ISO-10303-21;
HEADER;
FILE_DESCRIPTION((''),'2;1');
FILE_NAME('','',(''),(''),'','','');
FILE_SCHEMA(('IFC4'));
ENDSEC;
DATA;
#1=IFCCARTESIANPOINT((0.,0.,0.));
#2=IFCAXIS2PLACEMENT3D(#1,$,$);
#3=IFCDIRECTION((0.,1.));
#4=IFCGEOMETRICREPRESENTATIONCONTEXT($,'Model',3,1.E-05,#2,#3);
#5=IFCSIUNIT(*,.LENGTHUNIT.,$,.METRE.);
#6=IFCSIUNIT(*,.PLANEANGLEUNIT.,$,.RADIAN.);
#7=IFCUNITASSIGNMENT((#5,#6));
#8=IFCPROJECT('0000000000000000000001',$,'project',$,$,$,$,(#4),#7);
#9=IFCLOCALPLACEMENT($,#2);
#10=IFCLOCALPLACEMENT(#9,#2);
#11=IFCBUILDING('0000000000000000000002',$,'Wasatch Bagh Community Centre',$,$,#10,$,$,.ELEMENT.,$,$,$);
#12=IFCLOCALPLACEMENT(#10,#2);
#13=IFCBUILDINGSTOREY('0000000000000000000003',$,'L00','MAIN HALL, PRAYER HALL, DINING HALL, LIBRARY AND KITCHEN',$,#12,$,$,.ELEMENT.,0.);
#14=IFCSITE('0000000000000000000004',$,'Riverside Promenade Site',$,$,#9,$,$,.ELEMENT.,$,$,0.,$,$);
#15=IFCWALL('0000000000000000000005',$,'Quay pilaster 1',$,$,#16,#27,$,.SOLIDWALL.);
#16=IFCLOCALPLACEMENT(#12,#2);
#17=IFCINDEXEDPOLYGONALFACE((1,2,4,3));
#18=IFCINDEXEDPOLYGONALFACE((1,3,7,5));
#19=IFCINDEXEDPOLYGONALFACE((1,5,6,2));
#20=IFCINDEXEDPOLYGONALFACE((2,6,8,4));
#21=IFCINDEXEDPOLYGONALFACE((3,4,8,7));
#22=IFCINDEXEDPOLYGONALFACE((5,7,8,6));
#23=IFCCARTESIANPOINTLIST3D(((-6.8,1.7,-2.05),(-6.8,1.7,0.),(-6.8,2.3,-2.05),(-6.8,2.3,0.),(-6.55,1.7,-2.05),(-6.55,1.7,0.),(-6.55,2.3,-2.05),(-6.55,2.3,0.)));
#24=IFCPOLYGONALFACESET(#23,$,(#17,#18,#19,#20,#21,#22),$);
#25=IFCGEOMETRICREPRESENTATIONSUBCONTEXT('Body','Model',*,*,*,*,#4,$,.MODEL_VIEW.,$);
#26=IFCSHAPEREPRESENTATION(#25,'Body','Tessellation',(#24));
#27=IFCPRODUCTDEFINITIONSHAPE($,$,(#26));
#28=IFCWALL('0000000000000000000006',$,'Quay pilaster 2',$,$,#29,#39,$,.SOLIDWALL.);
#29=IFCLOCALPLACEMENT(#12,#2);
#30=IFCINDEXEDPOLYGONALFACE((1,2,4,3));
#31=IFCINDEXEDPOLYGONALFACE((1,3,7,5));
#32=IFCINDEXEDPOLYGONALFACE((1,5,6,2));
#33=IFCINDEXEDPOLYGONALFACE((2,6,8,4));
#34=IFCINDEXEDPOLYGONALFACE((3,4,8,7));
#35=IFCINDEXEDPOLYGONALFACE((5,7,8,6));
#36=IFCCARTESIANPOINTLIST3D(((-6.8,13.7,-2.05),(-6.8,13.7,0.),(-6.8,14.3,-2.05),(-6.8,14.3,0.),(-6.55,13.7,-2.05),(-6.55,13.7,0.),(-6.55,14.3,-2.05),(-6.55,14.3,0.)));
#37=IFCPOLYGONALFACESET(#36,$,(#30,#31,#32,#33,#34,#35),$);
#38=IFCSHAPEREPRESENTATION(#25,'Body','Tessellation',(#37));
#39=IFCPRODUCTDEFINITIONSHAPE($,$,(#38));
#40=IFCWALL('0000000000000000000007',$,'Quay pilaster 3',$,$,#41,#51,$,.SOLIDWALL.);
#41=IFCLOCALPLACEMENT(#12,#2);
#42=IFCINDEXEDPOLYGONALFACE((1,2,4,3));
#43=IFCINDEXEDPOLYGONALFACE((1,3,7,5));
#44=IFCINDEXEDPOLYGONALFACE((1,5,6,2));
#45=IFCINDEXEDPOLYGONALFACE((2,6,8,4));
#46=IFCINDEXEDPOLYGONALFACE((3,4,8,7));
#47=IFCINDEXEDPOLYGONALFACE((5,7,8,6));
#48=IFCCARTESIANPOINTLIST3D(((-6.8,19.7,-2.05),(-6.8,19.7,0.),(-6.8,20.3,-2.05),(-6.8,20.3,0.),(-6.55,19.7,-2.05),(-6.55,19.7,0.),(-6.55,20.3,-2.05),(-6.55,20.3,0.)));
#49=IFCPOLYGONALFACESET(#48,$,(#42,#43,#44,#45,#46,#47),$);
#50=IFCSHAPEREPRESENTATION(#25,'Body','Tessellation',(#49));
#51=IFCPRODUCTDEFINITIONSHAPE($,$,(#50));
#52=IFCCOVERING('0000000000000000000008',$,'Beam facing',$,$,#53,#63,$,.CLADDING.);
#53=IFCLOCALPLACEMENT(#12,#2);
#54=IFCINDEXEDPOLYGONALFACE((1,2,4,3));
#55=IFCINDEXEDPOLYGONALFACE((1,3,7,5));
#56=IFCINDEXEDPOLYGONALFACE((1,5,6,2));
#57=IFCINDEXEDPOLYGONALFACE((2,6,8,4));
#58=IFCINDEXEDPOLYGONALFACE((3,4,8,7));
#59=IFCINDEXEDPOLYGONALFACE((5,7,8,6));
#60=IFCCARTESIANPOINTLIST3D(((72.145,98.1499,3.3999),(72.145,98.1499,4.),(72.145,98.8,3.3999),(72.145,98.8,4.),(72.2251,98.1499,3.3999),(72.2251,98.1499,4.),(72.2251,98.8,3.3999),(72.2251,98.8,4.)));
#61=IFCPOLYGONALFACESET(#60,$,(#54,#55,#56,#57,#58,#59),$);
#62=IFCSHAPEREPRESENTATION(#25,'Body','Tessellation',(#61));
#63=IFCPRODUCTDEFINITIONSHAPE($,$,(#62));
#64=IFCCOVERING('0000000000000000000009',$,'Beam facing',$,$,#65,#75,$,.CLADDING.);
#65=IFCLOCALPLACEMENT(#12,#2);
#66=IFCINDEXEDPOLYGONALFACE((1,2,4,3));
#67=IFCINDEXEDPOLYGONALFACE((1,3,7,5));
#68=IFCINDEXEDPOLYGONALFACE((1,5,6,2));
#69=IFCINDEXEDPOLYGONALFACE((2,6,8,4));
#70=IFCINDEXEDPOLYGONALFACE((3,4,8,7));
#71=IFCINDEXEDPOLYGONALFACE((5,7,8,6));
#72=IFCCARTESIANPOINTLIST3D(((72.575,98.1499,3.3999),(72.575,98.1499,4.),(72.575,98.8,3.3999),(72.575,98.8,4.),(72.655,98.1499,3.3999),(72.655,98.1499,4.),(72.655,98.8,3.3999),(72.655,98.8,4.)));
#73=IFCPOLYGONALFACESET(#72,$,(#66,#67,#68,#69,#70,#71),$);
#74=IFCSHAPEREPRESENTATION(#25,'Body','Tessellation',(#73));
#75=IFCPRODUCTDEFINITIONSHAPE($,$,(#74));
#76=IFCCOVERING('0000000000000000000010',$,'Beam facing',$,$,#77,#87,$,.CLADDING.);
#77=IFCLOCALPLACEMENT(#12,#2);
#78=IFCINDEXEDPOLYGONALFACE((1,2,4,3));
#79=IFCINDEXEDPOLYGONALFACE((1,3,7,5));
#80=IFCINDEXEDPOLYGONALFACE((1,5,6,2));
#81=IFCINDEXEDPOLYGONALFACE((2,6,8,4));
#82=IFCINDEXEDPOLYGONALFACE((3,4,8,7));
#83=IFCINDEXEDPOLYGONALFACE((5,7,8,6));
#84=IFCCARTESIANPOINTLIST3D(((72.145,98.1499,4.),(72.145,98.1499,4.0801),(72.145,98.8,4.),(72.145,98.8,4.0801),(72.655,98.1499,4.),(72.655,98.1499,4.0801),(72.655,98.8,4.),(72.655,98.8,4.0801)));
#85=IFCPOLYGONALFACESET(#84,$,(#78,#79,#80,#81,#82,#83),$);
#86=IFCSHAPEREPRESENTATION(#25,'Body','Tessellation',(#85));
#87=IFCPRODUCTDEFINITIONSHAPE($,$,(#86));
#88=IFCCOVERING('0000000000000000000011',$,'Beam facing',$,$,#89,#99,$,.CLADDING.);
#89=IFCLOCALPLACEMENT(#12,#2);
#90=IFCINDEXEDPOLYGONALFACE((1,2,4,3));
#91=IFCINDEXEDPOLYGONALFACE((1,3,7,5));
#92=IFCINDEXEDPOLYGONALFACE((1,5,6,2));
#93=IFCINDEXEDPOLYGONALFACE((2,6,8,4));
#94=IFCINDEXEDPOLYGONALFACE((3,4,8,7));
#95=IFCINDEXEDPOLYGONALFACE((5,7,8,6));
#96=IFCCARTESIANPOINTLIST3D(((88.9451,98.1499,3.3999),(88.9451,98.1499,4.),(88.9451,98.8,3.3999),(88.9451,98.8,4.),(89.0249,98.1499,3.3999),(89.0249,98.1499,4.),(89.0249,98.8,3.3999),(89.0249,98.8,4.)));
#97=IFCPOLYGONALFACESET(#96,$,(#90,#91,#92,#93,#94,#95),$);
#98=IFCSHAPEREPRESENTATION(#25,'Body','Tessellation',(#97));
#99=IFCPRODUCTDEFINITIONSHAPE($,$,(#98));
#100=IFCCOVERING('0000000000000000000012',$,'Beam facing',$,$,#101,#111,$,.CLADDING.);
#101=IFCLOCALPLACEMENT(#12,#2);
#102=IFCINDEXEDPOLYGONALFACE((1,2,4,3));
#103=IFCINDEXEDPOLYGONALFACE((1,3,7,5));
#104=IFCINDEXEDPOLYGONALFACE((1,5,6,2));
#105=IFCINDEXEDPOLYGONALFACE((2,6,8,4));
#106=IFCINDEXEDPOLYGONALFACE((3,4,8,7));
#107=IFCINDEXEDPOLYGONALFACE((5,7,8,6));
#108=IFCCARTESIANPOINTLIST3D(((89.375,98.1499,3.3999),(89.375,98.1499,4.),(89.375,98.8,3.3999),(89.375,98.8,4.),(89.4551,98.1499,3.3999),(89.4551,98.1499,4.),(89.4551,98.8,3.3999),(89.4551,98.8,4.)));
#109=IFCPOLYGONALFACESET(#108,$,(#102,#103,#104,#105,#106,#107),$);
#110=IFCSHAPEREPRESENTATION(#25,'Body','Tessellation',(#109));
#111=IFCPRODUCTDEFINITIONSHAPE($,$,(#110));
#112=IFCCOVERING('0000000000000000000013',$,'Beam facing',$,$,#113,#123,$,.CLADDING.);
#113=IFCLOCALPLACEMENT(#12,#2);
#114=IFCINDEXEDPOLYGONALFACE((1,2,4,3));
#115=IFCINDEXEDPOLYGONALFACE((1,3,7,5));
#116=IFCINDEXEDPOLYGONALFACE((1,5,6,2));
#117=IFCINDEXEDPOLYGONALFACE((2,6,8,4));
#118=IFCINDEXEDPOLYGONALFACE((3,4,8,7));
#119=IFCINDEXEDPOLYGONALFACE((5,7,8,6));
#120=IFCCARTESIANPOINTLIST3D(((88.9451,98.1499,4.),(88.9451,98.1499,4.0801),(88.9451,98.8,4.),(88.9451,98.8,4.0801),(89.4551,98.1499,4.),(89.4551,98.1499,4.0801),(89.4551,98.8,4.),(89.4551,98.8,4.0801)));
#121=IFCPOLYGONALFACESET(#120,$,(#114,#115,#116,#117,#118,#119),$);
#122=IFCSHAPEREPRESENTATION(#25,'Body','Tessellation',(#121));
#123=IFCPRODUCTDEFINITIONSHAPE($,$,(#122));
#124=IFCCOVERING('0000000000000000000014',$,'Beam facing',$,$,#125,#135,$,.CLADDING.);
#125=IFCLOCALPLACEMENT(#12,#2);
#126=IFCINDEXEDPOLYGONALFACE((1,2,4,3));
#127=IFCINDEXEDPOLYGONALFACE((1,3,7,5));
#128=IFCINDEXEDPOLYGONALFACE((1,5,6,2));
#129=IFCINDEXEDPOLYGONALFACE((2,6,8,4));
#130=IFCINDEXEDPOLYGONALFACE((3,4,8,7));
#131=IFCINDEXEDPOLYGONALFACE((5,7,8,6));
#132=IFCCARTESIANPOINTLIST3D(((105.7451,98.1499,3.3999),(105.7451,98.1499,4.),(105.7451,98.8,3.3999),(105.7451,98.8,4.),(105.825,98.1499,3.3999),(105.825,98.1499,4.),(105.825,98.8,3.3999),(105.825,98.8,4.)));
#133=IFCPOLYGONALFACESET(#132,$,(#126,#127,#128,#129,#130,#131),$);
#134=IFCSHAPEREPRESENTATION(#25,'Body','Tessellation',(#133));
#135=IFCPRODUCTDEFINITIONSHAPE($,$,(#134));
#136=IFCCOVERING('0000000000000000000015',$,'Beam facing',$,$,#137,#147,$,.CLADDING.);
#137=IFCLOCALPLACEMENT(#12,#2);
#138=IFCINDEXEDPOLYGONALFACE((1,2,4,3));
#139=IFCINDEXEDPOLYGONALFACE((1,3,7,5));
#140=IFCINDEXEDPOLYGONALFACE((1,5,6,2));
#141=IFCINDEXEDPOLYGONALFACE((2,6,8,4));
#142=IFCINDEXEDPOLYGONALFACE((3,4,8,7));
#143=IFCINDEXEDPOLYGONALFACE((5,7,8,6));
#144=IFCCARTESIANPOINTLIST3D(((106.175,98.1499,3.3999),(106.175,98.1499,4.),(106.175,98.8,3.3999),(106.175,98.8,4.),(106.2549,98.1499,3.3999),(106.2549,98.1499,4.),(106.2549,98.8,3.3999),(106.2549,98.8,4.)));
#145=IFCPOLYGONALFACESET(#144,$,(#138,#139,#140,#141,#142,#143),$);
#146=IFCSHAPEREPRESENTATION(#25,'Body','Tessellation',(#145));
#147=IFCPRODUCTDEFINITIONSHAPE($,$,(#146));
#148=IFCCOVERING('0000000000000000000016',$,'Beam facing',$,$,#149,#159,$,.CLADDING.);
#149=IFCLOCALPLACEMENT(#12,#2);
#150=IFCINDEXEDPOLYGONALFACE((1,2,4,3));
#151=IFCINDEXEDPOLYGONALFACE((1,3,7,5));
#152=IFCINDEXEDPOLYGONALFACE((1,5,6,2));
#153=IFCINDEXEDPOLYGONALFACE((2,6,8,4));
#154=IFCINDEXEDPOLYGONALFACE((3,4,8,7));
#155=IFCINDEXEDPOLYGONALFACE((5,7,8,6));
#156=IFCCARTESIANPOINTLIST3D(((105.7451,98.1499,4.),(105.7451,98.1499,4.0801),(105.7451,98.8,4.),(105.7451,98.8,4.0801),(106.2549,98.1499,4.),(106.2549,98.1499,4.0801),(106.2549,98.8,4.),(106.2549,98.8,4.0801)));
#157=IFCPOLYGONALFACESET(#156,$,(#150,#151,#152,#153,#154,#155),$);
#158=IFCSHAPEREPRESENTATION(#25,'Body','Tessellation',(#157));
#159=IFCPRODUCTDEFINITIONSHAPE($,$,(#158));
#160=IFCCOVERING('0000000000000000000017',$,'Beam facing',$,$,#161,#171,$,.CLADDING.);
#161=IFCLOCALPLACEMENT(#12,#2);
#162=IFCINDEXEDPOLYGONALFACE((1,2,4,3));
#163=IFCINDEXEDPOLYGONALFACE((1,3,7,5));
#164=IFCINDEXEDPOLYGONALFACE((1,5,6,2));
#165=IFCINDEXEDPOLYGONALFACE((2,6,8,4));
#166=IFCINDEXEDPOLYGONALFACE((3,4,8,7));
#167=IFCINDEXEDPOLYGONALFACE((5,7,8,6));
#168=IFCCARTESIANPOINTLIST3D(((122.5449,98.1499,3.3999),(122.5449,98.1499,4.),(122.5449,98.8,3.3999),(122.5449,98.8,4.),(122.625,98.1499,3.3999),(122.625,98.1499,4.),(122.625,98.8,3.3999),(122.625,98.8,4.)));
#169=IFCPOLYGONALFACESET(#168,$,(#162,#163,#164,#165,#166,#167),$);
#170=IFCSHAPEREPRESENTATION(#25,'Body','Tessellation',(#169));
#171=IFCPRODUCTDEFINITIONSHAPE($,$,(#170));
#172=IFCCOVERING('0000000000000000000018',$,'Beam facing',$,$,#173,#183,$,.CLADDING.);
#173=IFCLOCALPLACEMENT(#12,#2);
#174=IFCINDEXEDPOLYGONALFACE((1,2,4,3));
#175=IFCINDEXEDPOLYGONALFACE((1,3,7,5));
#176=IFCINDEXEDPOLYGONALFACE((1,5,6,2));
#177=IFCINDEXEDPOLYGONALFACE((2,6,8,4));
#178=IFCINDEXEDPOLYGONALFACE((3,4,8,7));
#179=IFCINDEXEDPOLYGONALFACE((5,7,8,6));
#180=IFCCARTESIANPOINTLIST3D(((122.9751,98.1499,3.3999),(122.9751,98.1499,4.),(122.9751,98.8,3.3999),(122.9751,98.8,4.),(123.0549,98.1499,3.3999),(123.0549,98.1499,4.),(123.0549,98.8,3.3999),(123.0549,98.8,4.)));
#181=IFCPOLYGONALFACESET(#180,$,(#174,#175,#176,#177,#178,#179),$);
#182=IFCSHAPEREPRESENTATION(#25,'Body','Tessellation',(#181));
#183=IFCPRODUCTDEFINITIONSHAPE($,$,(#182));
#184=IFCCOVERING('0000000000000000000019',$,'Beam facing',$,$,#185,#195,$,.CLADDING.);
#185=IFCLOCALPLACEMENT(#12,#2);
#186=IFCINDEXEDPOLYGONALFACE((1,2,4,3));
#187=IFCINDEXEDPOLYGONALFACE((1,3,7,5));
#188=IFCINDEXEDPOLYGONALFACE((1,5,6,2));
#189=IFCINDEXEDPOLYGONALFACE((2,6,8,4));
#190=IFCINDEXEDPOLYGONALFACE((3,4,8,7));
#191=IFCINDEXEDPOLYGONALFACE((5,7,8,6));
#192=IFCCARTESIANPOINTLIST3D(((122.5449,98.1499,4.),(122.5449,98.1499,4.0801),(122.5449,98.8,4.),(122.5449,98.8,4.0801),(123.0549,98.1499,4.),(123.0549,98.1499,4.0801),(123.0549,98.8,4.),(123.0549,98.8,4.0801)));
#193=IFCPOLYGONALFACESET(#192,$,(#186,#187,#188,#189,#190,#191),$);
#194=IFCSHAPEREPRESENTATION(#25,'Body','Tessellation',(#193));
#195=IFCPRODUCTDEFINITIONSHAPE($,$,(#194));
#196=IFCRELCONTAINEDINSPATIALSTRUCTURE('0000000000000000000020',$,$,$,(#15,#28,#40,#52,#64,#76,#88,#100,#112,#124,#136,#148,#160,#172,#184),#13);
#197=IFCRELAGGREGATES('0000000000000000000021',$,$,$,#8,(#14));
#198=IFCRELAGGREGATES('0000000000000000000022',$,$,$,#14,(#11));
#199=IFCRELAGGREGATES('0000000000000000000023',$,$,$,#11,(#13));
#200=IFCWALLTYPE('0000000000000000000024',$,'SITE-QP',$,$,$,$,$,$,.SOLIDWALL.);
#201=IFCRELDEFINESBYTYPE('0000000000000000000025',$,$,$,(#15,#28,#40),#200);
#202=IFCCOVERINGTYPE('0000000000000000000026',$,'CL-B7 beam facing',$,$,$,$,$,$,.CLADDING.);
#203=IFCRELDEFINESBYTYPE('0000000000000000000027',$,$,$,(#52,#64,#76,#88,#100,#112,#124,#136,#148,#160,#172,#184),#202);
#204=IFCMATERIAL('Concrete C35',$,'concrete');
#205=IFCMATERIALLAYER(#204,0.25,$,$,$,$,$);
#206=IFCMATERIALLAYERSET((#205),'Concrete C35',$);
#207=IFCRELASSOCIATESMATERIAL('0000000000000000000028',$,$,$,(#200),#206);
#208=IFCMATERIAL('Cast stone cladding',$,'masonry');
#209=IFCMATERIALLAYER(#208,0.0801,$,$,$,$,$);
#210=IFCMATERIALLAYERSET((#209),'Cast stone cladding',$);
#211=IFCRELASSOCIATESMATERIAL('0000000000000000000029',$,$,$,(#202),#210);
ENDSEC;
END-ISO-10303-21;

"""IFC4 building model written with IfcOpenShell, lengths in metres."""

from ifc_helpers import new_model, si_unit, direction, frame, frame_2d, origin, place, context, subcontext, project, spatial, polyline, rectangle, outline, extrude, material, layer, layer_set, type_object, element, save


model = new_model("IFC4")

# Units and contexts
model_context = context("Model", 3, precision=1e-05, world=origin(), true_north=direction((0.0, 1.0)))
body_context = subcontext(model_context, "Body", "Model", "MODEL_VIEW")
ifc_project = project(units=[si_unit("LENGTHUNIT", "METRE"), si_unit("PLANEANGLEUNIT", "RADIAN")], contexts=[model_context])

# Site, building, storey
site_placement = place(None, origin())
site = spatial("IfcSite", under=ifc_project, at=site_placement, Name="Riverside Promenade Site", CompositionType="ELEMENT", RefElevation=0.0)
building_placement = place(site_placement, origin())
building = spatial("IfcBuilding", under=site, at=building_placement, Name="Wasatch Bagh Community Centre", CompositionType="ELEMENT")
storey_placement = place(building_placement, origin())
storey = spatial("IfcBuildingStorey", under=building, at=storey_placement, Name="L00", Description="MAIN HALL, PRAYER HALL, DINING HALL, LIBRARY AND KITCHEN", CompositionType="ELEMENT", Elevation=0.0)

# Walls
ifc_material_1 = material(Name="Concrete C35", Category="concrete")
ifc_layer_1 = layer(ifc_material_1, 0.25)
ifc_layer_set_1 = layer_set([ifc_layer_1], Name="Concrete C35")
wall_type = type_object("IfcWallType", Name="SITE-QP", PredefinedType="SOLIDWALL", material=ifc_layer_set_1)
for number, where, z_axis, x_axis, name in (
    (1, (-6.675, 1.7, -2.05), (0.0, 0.0, 1.0), (0.0, 1.0, 0.0), "Quay pilaster 1"),
    (2, (-6.675, 13.7, -2.05), (0.0, 0.0, 1.0), (0.0, 1.0, 0.0), "Quay pilaster 2"),
    (3, (-6.675, 19.7, -2.05), (0.0, 0.0, 1.0), (0.0, 1.0, 0.0), "Quay pilaster 3"),
):
    element("IfcWall", number, at=place(storey_placement, frame(where, z_axis=z_axis, x_axis=x_axis)), inside=storey, type_object=wall_type, Name=name, PredefinedType="SOLIDWALL", context=body_context, shape_type="SweptSolid", body=[
        extrude(rectangle(XDim=0.6001, YDim=0.25, at=frame_2d((0.3, 0.0))), origin(), (0.0, 0.0, 1.0), 2.05),
    ])

# Coverings
ifc_material_2 = material(Name="Cast stone cladding", Category="masonry")
ifc_layer_2 = layer(ifc_material_2, 0.0801)
ifc_layer_set_2 = layer_set([ifc_layer_2], Name="Cast stone cladding")
covering_type_1 = type_object("IfcCoveringType", Name="CL-B7 beam facing", PredefinedType="CLADDING", material=ifc_layer_set_2)
covering_1_placement = place(storey_placement, frame((0.0, 0.0, 3.3999)))
element("IfcCovering", 4, at=covering_1_placement, inside=storey, type_object=covering_type_1, Name="Beam facing", PredefinedType="CLADDING", context=body_context, shape_type="SweptSolid", body=[
    extrude(outline(polyline([(72.2251, 98.1499), (72.2251, 98.8), (72.145, 98.8), (72.145, 98.1499), (72.2251, 98.1499)])), origin(), (0.0, 0.0, 1.0), 0.6001),
])
covering_2_placement = place(storey_placement, frame((0.0, 0.0, 3.3999)))
element("IfcCovering", 5, at=covering_2_placement, inside=storey, type_object=covering_type_1, Name="Beam facing", PredefinedType="CLADDING", context=body_context, shape_type="SweptSolid", body=[
    extrude(outline(polyline([(72.575, 98.1499), (72.575, 98.8), (72.655, 98.8), (72.655, 98.1499), (72.575, 98.1499)])), origin(), (0.0, 0.0, 1.0), 0.6001),
])
covering_3_placement = place(storey_placement, frame((0.0, 0.0, 4.0)))
element("IfcCovering", 6, at=covering_3_placement, inside=storey, type_object=covering_type_1, Name="Beam facing", PredefinedType="CLADDING", context=body_context, shape_type="SweptSolid", body=[
    extrude(outline(polyline([(72.655, 98.1499), (72.655, 98.8), (72.145, 98.8), (72.145, 98.1499), (72.655, 98.1499)])), origin(), (0.0, 0.0, 1.0), 0.0801),
])
covering_4_placement = place(storey_placement, frame((0.0, 0.0, 3.3999)))
element("IfcCovering", 7, at=covering_4_placement, inside=storey, type_object=covering_type_1, Name="Beam facing", PredefinedType="CLADDING", context=body_context, shape_type="SweptSolid", body=[
    extrude(outline(polyline([(89.0249, 98.1499), (89.0249, 98.8), (88.9451, 98.8), (88.9451, 98.1499), (89.0249, 98.1499)])), origin(), (0.0, 0.0, 1.0), 0.6001),
])
covering_5_placement = place(storey_placement, frame((0.0, 0.0, 3.3999)))
element("IfcCovering", 8, at=covering_5_placement, inside=storey, type_object=covering_type_1, Name="Beam facing", PredefinedType="CLADDING", context=body_context, shape_type="SweptSolid", body=[
    extrude(outline(polyline([(89.375, 98.1499), (89.375, 98.8), (89.4551, 98.8), (89.4551, 98.1499), (89.375, 98.1499)])), origin(), (0.0, 0.0, 1.0), 0.6001),
])
covering_6_placement = place(storey_placement, frame((0.0, 0.0, 4.0)))
element("IfcCovering", 9, at=covering_6_placement, inside=storey, type_object=covering_type_1, Name="Beam facing", PredefinedType="CLADDING", context=body_context, shape_type="SweptSolid", body=[
    extrude(outline(polyline([(89.4551, 98.1499), (89.4551, 98.8), (88.9451, 98.8), (88.9451, 98.1499), (89.4551, 98.1499)])), origin(), (0.0, 0.0, 1.0), 0.0801),
])
covering_7_placement = place(storey_placement, frame((0.0, 0.0, 3.3999)))
element("IfcCovering", 10, at=covering_7_placement, inside=storey, type_object=covering_type_1, Name="Beam facing", PredefinedType="CLADDING", context=body_context, shape_type="SweptSolid", body=[
    extrude(outline(polyline([(105.825, 98.1499), (105.825, 98.8), (105.7451, 98.8), (105.7451, 98.1499), (105.825, 98.1499)])), origin(), (0.0, 0.0, 1.0), 0.6001),
])
covering_8_placement = place(storey_placement, frame((0.0, 0.0, 3.3999)))
element("IfcCovering", 11, at=covering_8_placement, inside=storey, type_object=covering_type_1, Name="Beam facing", PredefinedType="CLADDING", context=body_context, shape_type="SweptSolid", body=[
    extrude(outline(polyline([(106.175, 98.1499), (106.175, 98.8), (106.2549, 98.8), (106.2549, 98.1499), (106.175, 98.1499)])), origin(), (0.0, 0.0, 1.0), 0.6001),
])
covering_9_placement = place(storey_placement, frame((0.0, 0.0, 4.0)))
element("IfcCovering", 12, at=covering_9_placement, inside=storey, type_object=covering_type_1, Name="Beam facing", PredefinedType="CLADDING", context=body_context, shape_type="SweptSolid", body=[
    extrude(outline(polyline([(106.2549, 98.1499), (106.2549, 98.8), (105.7451, 98.8), (105.7451, 98.1499), (106.2549, 98.1499)])), origin(), (0.0, 0.0, 1.0), 0.0801),
])
covering_10_placement = place(storey_placement, frame((0.0, 0.0, 3.3999)))
element("IfcCovering", 13, at=covering_10_placement, inside=storey, type_object=covering_type_1, Name="Beam facing", PredefinedType="CLADDING", context=body_context, shape_type="SweptSolid", body=[
    extrude(outline(polyline([(122.625, 98.1499), (122.625, 98.8), (122.5449, 98.8), (122.5449, 98.1499), (122.625, 98.1499)])), origin(), (0.0, 0.0, 1.0), 0.6001),
])
covering_11_placement = place(storey_placement, frame((0.0, 0.0, 3.3999)))
element("IfcCovering", 14, at=covering_11_placement, inside=storey, type_object=covering_type_1, Name="Beam facing", PredefinedType="CLADDING", context=body_context, shape_type="SweptSolid", body=[
    extrude(outline(polyline([(122.9751, 98.1499), (122.9751, 98.8), (123.0549, 98.8), (123.0549, 98.1499), (122.9751, 98.1499)])), origin(), (0.0, 0.0, 1.0), 0.6001),
])
covering_12_placement = place(storey_placement, frame((0.0, 0.0, 4.0)))
element("IfcCovering", 15, at=covering_12_placement, inside=storey, type_object=covering_type_1, Name="Beam facing", PredefinedType="CLADDING", context=body_context, shape_type="SweptSolid", body=[
    extrude(outline(polyline([(123.0549, 98.1499), (123.0549, 98.8), (122.5449, 98.8), (122.5449, 98.1499), (123.0549, 98.1499)])), origin(), (0.0, 0.0, 1.0), 0.0801),
])

save(model, "model.ifc")
